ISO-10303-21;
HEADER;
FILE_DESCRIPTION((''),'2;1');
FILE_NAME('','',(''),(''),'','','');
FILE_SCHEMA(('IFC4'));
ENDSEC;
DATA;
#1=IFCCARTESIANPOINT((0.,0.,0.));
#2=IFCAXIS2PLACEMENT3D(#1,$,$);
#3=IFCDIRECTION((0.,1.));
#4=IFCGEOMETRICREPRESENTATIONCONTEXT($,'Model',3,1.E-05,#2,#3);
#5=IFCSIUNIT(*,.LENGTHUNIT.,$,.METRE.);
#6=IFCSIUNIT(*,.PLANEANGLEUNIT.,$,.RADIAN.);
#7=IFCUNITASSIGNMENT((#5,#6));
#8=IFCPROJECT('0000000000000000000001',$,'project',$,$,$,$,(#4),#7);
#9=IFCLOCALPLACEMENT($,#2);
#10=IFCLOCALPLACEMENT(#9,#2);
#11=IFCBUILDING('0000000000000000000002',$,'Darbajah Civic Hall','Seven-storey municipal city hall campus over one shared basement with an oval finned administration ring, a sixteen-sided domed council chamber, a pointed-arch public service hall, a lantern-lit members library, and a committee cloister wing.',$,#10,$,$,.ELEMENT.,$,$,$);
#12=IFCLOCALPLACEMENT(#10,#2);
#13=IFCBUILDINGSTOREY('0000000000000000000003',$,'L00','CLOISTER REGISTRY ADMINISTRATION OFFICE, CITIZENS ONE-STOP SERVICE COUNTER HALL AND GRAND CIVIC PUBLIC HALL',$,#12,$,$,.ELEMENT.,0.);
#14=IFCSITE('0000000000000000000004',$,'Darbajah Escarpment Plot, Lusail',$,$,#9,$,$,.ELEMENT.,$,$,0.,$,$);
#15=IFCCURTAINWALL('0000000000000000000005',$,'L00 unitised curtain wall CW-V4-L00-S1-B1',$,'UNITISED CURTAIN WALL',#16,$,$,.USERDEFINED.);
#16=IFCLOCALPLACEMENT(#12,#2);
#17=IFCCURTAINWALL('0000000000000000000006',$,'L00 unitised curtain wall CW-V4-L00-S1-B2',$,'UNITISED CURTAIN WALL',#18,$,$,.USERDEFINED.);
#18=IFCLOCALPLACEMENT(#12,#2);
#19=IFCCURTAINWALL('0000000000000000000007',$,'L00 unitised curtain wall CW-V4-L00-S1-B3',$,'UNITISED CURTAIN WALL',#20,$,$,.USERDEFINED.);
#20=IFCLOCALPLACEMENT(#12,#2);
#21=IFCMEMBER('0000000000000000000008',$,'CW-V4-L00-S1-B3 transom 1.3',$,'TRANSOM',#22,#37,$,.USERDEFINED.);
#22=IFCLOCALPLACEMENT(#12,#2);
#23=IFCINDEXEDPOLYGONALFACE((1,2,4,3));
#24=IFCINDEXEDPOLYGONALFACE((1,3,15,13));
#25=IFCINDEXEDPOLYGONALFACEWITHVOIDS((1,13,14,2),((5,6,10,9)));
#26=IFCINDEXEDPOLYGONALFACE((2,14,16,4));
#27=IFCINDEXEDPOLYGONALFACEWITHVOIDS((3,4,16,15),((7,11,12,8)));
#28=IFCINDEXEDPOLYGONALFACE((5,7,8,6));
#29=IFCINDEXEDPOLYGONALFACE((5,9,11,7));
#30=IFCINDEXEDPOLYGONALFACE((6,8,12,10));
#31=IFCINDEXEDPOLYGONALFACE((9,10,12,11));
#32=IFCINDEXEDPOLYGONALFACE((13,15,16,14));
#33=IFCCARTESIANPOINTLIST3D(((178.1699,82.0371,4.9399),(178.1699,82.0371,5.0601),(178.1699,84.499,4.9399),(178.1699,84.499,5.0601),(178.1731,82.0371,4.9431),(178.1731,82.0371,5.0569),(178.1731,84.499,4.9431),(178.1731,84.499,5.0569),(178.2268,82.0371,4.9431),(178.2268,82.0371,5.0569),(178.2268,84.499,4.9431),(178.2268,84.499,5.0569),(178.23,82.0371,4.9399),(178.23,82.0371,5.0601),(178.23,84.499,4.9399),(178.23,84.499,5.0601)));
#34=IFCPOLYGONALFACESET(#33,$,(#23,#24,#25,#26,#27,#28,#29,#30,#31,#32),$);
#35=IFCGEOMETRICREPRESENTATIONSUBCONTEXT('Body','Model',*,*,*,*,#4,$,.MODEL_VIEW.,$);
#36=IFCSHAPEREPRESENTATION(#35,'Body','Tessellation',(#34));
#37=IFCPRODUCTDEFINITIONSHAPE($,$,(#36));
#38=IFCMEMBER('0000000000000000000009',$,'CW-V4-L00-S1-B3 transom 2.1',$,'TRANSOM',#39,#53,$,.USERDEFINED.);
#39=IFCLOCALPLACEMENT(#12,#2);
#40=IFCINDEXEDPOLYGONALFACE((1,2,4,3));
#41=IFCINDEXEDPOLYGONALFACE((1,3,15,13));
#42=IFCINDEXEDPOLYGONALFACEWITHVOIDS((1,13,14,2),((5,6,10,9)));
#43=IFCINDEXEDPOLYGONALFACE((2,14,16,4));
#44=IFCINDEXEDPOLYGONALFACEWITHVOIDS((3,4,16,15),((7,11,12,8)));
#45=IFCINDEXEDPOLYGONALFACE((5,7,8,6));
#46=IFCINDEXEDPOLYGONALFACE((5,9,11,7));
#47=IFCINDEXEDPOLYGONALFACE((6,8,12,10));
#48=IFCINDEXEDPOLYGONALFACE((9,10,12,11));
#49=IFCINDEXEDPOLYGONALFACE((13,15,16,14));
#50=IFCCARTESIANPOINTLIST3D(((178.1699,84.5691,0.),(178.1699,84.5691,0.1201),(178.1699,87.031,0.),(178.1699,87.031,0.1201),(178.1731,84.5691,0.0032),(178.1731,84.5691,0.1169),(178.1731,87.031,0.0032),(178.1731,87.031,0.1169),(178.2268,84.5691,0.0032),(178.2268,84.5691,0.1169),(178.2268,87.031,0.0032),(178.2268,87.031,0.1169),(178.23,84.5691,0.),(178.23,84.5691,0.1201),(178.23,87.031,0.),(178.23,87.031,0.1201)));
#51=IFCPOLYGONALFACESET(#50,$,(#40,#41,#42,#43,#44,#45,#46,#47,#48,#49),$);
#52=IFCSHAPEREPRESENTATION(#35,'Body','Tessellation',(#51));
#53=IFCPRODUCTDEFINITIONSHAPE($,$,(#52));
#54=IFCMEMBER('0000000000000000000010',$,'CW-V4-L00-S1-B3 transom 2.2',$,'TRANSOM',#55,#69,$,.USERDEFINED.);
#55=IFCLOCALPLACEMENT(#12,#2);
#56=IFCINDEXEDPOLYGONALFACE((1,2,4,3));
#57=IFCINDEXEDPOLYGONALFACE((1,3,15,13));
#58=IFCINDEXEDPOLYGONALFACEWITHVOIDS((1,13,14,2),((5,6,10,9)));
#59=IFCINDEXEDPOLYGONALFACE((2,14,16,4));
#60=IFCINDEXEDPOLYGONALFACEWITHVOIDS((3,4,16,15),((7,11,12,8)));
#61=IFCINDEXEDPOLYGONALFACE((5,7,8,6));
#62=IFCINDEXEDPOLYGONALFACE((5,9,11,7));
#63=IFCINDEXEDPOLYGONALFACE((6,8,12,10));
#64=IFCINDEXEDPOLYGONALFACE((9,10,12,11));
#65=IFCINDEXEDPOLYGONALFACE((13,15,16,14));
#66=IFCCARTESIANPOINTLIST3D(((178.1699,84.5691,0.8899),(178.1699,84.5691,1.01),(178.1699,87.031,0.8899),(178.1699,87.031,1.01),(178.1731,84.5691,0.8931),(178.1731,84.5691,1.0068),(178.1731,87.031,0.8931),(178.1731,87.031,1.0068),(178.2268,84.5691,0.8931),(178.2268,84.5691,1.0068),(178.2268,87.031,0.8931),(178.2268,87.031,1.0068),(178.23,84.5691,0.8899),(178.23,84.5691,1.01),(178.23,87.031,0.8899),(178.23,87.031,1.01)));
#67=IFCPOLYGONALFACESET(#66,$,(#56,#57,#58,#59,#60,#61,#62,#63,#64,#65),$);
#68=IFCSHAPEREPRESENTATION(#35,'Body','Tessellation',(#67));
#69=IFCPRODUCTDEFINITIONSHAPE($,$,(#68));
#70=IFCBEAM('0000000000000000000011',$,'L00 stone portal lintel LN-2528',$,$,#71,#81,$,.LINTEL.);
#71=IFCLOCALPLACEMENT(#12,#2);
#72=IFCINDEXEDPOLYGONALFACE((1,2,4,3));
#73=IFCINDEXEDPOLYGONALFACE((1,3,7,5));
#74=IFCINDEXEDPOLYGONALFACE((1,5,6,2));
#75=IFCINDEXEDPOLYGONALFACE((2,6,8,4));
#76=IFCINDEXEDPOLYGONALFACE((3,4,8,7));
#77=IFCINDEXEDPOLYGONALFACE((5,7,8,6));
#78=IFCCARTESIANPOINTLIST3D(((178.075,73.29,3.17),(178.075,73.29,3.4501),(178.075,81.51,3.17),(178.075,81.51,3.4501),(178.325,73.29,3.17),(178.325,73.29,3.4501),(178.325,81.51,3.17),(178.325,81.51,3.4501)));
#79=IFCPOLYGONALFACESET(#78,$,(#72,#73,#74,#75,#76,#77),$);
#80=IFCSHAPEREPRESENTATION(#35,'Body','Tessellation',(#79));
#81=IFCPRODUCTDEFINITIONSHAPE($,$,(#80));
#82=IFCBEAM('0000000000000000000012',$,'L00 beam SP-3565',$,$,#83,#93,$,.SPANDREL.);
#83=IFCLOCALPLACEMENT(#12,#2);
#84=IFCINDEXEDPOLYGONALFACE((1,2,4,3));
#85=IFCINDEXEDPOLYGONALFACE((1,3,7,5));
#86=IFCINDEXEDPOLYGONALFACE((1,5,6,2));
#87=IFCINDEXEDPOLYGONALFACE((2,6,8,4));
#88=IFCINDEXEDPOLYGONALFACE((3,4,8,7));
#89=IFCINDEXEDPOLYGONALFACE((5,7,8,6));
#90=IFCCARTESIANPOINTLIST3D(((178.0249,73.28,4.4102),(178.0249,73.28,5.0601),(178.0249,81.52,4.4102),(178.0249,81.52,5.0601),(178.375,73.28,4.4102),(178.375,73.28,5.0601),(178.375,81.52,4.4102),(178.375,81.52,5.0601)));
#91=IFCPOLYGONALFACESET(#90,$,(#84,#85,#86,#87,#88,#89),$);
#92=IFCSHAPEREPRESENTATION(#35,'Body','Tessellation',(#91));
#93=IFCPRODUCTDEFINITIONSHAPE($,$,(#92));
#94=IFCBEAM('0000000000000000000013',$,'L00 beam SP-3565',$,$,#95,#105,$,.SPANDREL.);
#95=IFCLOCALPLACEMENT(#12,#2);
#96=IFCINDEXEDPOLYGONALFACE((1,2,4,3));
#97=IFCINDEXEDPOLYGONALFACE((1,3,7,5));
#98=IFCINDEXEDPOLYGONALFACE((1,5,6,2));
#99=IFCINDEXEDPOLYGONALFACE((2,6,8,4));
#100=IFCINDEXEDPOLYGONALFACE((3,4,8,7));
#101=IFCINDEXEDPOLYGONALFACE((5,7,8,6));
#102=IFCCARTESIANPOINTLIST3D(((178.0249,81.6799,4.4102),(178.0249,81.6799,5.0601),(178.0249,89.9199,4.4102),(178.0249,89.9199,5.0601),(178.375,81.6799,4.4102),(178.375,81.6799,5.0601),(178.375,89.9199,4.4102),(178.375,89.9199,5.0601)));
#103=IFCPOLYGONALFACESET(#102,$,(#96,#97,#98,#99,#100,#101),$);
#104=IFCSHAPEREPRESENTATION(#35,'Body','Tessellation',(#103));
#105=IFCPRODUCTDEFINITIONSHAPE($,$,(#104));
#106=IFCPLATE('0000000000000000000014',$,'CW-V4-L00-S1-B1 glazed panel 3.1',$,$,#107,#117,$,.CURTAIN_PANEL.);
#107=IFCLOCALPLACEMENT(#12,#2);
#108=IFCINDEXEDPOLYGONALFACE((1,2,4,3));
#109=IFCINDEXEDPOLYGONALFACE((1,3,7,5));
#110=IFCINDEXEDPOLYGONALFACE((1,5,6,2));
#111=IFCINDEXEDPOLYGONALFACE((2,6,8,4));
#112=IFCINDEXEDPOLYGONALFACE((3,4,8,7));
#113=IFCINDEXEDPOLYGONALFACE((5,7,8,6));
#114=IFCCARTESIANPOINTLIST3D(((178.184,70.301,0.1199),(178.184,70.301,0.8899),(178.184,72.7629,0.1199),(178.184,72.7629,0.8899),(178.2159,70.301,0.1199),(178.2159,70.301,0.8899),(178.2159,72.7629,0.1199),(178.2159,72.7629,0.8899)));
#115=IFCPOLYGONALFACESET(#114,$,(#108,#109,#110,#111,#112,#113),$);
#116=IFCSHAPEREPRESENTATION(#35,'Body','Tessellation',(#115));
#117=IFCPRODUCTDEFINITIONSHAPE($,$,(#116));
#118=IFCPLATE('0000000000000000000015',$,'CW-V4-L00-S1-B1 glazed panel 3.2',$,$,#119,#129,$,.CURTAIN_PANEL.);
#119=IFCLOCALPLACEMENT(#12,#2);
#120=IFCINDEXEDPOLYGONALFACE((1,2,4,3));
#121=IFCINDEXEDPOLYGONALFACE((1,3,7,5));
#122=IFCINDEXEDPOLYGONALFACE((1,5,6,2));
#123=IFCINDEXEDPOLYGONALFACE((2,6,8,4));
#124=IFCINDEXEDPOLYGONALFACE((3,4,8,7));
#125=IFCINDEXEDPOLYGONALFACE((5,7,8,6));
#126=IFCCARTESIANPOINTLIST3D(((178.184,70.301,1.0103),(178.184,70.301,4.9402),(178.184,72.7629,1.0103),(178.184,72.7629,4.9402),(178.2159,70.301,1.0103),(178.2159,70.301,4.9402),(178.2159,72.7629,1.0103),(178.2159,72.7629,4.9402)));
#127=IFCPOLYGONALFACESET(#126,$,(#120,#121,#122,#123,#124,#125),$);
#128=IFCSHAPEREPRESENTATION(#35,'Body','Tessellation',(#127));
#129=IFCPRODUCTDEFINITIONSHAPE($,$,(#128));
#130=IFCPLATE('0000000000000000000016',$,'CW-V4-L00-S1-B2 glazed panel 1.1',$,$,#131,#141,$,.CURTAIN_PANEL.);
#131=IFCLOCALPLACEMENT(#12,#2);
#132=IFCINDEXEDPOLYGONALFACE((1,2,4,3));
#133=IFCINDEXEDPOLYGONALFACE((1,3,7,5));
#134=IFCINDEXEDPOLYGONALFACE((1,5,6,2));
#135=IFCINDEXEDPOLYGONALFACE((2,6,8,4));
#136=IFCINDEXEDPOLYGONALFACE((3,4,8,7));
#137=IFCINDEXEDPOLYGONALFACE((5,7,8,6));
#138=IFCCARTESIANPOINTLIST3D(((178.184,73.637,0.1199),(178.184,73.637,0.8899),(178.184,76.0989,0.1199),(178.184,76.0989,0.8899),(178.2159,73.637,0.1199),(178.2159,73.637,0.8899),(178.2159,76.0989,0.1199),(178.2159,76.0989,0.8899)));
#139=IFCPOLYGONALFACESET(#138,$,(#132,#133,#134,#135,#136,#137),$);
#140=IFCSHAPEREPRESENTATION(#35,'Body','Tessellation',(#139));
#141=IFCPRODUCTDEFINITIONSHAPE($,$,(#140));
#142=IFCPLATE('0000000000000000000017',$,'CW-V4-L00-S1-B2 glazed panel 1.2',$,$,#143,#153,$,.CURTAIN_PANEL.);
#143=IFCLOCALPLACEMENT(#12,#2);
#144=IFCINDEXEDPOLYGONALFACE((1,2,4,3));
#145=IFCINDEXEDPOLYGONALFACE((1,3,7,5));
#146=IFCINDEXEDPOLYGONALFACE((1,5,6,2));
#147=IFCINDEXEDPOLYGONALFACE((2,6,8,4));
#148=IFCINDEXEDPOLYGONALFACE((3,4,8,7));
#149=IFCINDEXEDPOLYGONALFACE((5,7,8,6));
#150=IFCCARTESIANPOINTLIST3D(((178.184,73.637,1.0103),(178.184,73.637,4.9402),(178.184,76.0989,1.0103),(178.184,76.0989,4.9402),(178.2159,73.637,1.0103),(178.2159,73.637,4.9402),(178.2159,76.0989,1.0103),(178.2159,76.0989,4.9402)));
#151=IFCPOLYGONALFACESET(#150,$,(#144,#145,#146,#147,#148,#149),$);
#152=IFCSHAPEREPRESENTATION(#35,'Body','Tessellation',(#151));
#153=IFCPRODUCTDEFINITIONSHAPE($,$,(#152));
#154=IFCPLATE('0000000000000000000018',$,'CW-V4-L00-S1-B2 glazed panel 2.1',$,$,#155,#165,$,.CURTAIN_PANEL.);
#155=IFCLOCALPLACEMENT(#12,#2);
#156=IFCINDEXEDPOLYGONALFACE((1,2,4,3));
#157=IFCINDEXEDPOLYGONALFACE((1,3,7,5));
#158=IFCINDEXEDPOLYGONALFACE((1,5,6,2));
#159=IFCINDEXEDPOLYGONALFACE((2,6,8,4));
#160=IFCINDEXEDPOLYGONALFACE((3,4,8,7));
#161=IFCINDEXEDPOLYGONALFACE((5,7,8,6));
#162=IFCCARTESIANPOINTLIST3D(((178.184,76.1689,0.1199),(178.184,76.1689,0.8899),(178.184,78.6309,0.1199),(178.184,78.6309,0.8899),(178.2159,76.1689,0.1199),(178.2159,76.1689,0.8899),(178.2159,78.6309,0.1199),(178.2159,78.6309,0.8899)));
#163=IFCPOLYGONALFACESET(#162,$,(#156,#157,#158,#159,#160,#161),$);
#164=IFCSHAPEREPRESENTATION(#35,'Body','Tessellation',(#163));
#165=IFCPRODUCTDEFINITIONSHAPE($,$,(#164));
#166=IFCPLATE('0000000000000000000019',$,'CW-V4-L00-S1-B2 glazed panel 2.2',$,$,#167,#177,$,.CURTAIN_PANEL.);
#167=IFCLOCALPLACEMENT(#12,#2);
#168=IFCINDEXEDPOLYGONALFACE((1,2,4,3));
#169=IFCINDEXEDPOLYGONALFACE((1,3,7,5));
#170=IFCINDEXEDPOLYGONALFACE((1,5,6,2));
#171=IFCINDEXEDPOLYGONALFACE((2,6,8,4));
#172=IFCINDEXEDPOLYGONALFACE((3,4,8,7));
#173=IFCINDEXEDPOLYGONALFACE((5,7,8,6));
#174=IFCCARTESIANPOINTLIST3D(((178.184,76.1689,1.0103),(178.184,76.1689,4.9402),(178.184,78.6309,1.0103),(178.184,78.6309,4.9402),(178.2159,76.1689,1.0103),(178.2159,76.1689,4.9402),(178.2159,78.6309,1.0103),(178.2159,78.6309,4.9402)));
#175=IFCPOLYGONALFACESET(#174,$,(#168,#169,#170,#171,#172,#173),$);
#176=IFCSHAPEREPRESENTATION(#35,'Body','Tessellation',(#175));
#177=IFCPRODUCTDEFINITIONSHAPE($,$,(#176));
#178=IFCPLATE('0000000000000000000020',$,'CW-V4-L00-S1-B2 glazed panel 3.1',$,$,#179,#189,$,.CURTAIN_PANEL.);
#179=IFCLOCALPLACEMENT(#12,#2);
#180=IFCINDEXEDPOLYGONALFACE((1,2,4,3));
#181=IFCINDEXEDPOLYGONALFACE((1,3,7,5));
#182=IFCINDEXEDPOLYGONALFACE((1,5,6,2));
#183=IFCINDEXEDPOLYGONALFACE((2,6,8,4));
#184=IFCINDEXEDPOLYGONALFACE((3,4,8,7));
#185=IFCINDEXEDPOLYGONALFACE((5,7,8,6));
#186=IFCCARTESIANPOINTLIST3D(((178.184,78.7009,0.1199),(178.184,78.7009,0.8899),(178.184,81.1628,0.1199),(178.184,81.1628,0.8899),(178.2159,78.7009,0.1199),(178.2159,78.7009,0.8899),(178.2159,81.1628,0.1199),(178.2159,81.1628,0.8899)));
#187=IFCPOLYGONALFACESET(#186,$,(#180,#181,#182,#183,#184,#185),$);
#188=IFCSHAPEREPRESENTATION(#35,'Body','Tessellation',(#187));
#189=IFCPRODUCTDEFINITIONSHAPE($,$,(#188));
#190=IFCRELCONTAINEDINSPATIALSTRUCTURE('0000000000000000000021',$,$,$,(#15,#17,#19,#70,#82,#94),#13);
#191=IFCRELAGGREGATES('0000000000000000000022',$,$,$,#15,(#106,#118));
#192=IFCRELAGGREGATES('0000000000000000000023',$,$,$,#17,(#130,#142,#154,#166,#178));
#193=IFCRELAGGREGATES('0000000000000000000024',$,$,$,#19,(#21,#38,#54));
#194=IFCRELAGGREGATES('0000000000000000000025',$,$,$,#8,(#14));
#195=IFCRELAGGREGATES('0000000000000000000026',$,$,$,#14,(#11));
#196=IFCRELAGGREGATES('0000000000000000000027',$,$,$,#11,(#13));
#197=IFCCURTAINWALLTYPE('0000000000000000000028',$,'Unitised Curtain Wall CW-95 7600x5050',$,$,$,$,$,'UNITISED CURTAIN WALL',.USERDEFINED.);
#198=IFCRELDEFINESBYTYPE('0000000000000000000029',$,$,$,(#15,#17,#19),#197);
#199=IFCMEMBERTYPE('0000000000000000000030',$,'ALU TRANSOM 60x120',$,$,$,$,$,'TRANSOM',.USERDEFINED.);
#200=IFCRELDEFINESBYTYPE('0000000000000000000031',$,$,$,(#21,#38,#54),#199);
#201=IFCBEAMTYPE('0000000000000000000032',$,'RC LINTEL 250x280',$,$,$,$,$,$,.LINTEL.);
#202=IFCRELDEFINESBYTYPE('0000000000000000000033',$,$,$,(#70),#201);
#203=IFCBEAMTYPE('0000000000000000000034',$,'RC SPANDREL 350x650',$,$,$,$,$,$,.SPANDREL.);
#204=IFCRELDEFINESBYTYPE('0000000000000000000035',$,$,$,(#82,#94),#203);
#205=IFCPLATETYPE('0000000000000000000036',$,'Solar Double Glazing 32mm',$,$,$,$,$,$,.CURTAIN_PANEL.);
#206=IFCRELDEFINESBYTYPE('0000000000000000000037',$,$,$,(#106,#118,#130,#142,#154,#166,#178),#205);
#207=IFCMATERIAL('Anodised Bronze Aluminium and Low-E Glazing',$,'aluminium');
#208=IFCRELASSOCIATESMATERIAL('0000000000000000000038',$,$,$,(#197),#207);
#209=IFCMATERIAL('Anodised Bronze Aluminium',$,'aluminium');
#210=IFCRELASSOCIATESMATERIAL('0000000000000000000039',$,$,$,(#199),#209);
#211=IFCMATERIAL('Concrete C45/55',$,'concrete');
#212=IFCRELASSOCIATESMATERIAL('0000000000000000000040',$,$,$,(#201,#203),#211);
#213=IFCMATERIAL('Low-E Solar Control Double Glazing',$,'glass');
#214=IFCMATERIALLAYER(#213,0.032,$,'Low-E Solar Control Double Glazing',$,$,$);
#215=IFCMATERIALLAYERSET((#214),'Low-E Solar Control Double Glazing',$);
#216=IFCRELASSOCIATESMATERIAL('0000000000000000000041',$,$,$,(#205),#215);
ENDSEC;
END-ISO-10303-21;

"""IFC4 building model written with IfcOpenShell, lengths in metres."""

from ifc_helpers import new_model, si_unit, direction, frame, origin, origin_2d, place, context, subcontext, project, spatial, rectangle, hollow_rectangle, extrude, material, layer, layer_set, material_profile, profile_set, type_object, element, aggregate, save


model = new_model("IFC4")

# Units and contexts
model_context = context("Model", 3, precision=1e-05, world=origin(), true_north=direction((0.0, 1.0)))
body_context = subcontext(model_context, "Body", "Model", "MODEL_VIEW")
ifc_project = project(units=[si_unit("LENGTHUNIT", "METRE"), si_unit("PLANEANGLEUNIT", "RADIAN")], contexts=[model_context])

# Site, building, storey
site_placement = place(None, origin())
site = spatial("IfcSite", under=ifc_project, at=site_placement, Name="Darbajah Escarpment Plot, Lusail", CompositionType="ELEMENT", RefElevation=0.0)
building_placement = place(site_placement, origin())
building = spatial("IfcBuilding", under=site, at=building_placement, Name="Darbajah Civic Hall", Description="Seven-storey municipal city hall campus over one shared basement with an oval finned administration ring, a sixteen-sided domed council chamber, a pointed-arch public service hall, a lantern-lit members library, and a committee cloister wing.", CompositionType="ELEMENT")
storey_placement = place(building_placement, origin())
storey = spatial("IfcBuildingStorey", under=building, at=storey_placement, Name="L00", Description="CLOISTER REGISTRY ADMINISTRATION OFFICE, CITIZENS ONE-STOP SERVICE COUNTER HALL AND GRAND CIVIC PUBLIC HALL", CompositionType="ELEMENT", Elevation=0.0)

# Curtain wall
ifc_material_1 = material(Name="Anodised Bronze Aluminium and Low-E Glazing", Category="aluminium")
curtain_wall_type = type_object("IfcCurtainWallType", Name="Unitised Curtain Wall CW-95 7600x5050", ElementType="UNITISED CURTAIN WALL", PredefinedType="USERDEFINED", material=ifc_material_1)
curtain_wall_1_placement = place(storey_placement, origin())
curtain_wall_1 = element("IfcCurtainWall", 1, at=curtain_wall_1_placement, inside=storey, type_object=curtain_wall_type, Name="L00 unitised curtain wall CW-V4-L00-S1-B1", ObjectType="UNITISED CURTAIN WALL", PredefinedType="USERDEFINED")
ifc_material_2 = material(Name="Anodised Bronze Aluminium", Category="aluminium")

# Curtain walls
curtain_wall_2_placement = place(storey_placement, origin())
curtain_wall_2 = element("IfcCurtainWall", 2, at=curtain_wall_2_placement, inside=storey, type_object=curtain_wall_type, Name="L00 unitised curtain wall CW-V4-L00-S1-B2", ObjectType="UNITISED CURTAIN WALL", PredefinedType="USERDEFINED")
curtain_wall_3_placement = place(storey_placement, origin())
curtain_wall_3 = element("IfcCurtainWall", 3, at=curtain_wall_3_placement, inside=storey, type_object=curtain_wall_type, Name="L00 unitised curtain wall CW-V4-L00-S1-B3", ObjectType="UNITISED CURTAIN WALL", PredefinedType="USERDEFINED")

# Members
ifc_material_profile_1 = material_profile(ifc_material_2, hollow_rectangle(XDim=0.0601, YDim=0.1201, WallThickness=0.0032, at=origin_2d()), Name="ALU TRANSOM 60x120")
ifc_profile_set_1 = profile_set([ifc_material_profile_1], Name="Anodised Bronze Aluminium")
member_type_1 = type_object("IfcMemberType", Name="ALU TRANSOM 60x120", ElementType="TRANSOM", PredefinedType="USERDEFINED", material=ifc_profile_set_1)
member_1_placement = place(storey_placement, frame((178.2, 82.0371, 5.0), z_axis=(0.0, 1.0, 0.0), x_axis=(-1.0, 0.0, 0.0)))
member_1 = element("IfcMember", 4, at=member_1_placement, type_object=member_type_1, Name="CW-V4-L00-S1-B3 transom 1.3", ObjectType="TRANSOM", PredefinedType="USERDEFINED", context=body_context, shape_type="SweptSolid", body=[
    extrude(hollow_rectangle(XDim=0.0601, YDim=0.1201, WallThickness=0.0032, at=origin_2d()), origin(), (0.0, 0.0, 1.0), 2.4619),
])
member_2_placement = place(storey_placement, frame((178.2, 84.5691, 0.0601), z_axis=(0.0, 1.0, 0.0), x_axis=(-1.0, 0.0, 0.0)))
member_2 = element("IfcMember", 5, at=member_2_placement, type_object=member_type_1, Name="CW-V4-L00-S1-B3 transom 2.1", ObjectType="TRANSOM", PredefinedType="USERDEFINED", context=body_context, shape_type="SweptSolid", body=[
    extrude(hollow_rectangle(XDim=0.0601, YDim=0.1201, WallThickness=0.0032, at=origin_2d()), origin(), (0.0, 0.0, 1.0), 2.4619),
])
member_3_placement = place(storey_placement, frame((178.2, 84.5691, 0.95), z_axis=(0.0, 1.0, 0.0), x_axis=(-1.0, 0.0, 0.0)))
member_3 = element("IfcMember", 6, at=member_3_placement, type_object=member_type_1, Name="CW-V4-L00-S1-B3 transom 2.2", ObjectType="TRANSOM", PredefinedType="USERDEFINED", context=body_context, shape_type="SweptSolid", body=[
    extrude(hollow_rectangle(XDim=0.0601, YDim=0.1201, WallThickness=0.0032, at=origin_2d()), origin(), (0.0, 0.0, 1.0), 2.4619),
])

# Beams
ifc_material_3 = material(Name="Concrete C45/55", Category="concrete")
ifc_material_profile_2 = material_profile(ifc_material_3, rectangle(XDim=0.25, YDim=0.28, at=origin_2d()), Name="RC LINTEL 250x280")
ifc_profile_set_2 = profile_set([ifc_material_profile_2], Name="Concrete C45/55")
beam_type_1 = type_object("IfcBeamType", Name="RC LINTEL 250x280", PredefinedType="LINTEL", material=ifc_profile_set_2)
beam_placement = place(storey_placement, frame((178.2, 73.29, 3.3101), z_axis=(0.0, 1.0, 0.0), x_axis=(-1.0, 0.0, 0.0)))
element("IfcBeam", 7, at=beam_placement, inside=storey, type_object=beam_type_1, Name="L00 stone portal lintel LN-2528", PredefinedType="LINTEL", context=body_context, shape_type="SweptSolid", body=[
    extrude(rectangle(XDim=0.25, YDim=0.28, at=origin_2d()), origin(), (0.0, 0.0, 1.0), 8.22),
])
ifc_material_profile_3 = material_profile(ifc_material_3, rectangle(XDim=0.3501, YDim=0.6499, at=origin_2d()), Name="RC SPANDREL 350x650")
ifc_profile_set_3 = profile_set([ifc_material_profile_3], Name="Concrete C45/55")
beam_type_2 = type_object("IfcBeamType", Name="RC SPANDREL 350x650", PredefinedType="SPANDREL", material=ifc_profile_set_3)
for number, where, z_axis, x_axis, name in (
    (8, (178.2, 73.28, 4.7351), (0.0, 1.0, 0.0), (-1.0, 0.0, 0.0), "L00 beam SP-3565"),
    (9, (178.2, 81.6799, 4.7351), (0.0, 1.0, 0.0), (-1.0, 0.0, 0.0), "L00 beam SP-3565"),
):
    element("IfcBeam", number, at=place(storey_placement, frame(where, z_axis=z_axis, x_axis=x_axis)), inside=storey, type_object=beam_type_2, Name=name, PredefinedType="SPANDREL", context=body_context, shape_type="SweptSolid", body=[
        extrude(rectangle(XDim=0.3501, YDim=0.6499, at=origin_2d()), origin(), (0.0, 0.0, 1.0), 8.24),
    ])

# Plates
ifc_material_4 = material(Name="Low-E Solar Control Double Glazing", Category="glass")
ifc_layer = layer(ifc_material_4, 0.032, Name="Low-E Solar Control Double Glazing")
ifc_layer_set = layer_set([ifc_layer], Name="Low-E Solar Control Double Glazing")
plate_type = type_object("IfcPlateType", Name="Solar Double Glazing 32mm", PredefinedType="CURTAIN_PANEL", material=ifc_layer_set)
plate_1_placement = place(storey_placement, frame((178.2, 71.532, 0.1199), z_axis=(0.0, 0.0, 1.0), x_axis=(0.0, 1.0, 0.0)))
plate_1 = element("IfcPlate", 10, at=plate_1_placement, type_object=plate_type, Name="CW-V4-L00-S1-B1 glazed panel 3.1", PredefinedType="CURTAIN_PANEL", context=body_context, shape_type="SweptSolid", body=[
    extrude(rectangle(XDim=2.4619, YDim=0.032, at=origin_2d()), origin(), (0.0, 0.0, 1.0), 0.77),
])
plate_2_placement = place(storey_placement, frame((178.2, 71.532, 1.0103), z_axis=(0.0, 0.0, 1.0), x_axis=(0.0, 1.0, 0.0)))
plate_2 = element("IfcPlate", 11, at=plate_2_placement, type_object=plate_type, Name="CW-V4-L00-S1-B1 glazed panel 3.2", PredefinedType="CURTAIN_PANEL", context=body_context, shape_type="SweptSolid", body=[
    extrude(rectangle(XDim=2.4619, YDim=0.032, at=origin_2d()), origin(), (0.0, 0.0, 1.0), 3.9299),
])
aggregate(curtain_wall_1, [plate_1, plate_2])
plate_3_placement = place(storey_placement, frame((178.2, 74.8679, 0.1199), z_axis=(0.0, 0.0, 1.0), x_axis=(0.0, 1.0, 0.0)))
plate_3 = element("IfcPlate", 12, at=plate_3_placement, type_object=plate_type, Name="CW-V4-L00-S1-B2 glazed panel 1.1", PredefinedType="CURTAIN_PANEL", context=body_context, shape_type="SweptSolid", body=[
    extrude(rectangle(XDim=2.4619, YDim=0.032, at=origin_2d()), origin(), (0.0, 0.0, 1.0), 0.77),
])
plate_4_placement = place(storey_placement, frame((178.2, 74.8679, 1.0103), z_axis=(0.0, 0.0, 1.0), x_axis=(0.0, 1.0, 0.0)))
plate_4 = element("IfcPlate", 13, at=plate_4_placement, type_object=plate_type, Name="CW-V4-L00-S1-B2 glazed panel 1.2", PredefinedType="CURTAIN_PANEL", context=body_context, shape_type="SweptSolid", body=[
    extrude(rectangle(XDim=2.4619, YDim=0.032, at=origin_2d()), origin(), (0.0, 0.0, 1.0), 3.9299),
])
plate_5_placement = place(storey_placement, frame((178.2, 77.3999, 0.1199), z_axis=(0.0, 0.0, 1.0), x_axis=(0.0, 1.0, 0.0)))
plate_5 = element("IfcPlate", 14, at=plate_5_placement, type_object=plate_type, Name="CW-V4-L00-S1-B2 glazed panel 2.1", PredefinedType="CURTAIN_PANEL", context=body_context, shape_type="SweptSolid", body=[
    extrude(rectangle(XDim=2.4619, YDim=0.032, at=origin_2d()), origin(), (0.0, 0.0, 1.0), 0.77),
])
plate_6_placement = place(storey_placement, frame((178.2, 77.3999, 1.0103), z_axis=(0.0, 0.0, 1.0), x_axis=(0.0, 1.0, 0.0)))
plate_6 = element("IfcPlate", 15, at=plate_6_placement, type_object=plate_type, Name="CW-V4-L00-S1-B2 glazed panel 2.2", PredefinedType="CURTAIN_PANEL", context=body_context, shape_type="SweptSolid", body=[
    extrude(rectangle(XDim=2.4619, YDim=0.032, at=origin_2d()), origin(), (0.0, 0.0, 1.0), 3.9299),
])
plate_7_placement = place(storey_placement, frame((178.2, 79.9319, 0.1199), z_axis=(0.0, 0.0, 1.0), x_axis=(0.0, 1.0, 0.0)))
plate_7 = element("IfcPlate", 16, at=plate_7_placement, type_object=plate_type, Name="CW-V4-L00-S1-B2 glazed panel 3.1", PredefinedType="CURTAIN_PANEL", context=body_context, shape_type="SweptSolid", body=[
    extrude(rectangle(XDim=2.4619, YDim=0.032, at=origin_2d()), origin(), (0.0, 0.0, 1.0), 0.77),
])
aggregate(curtain_wall_2, [plate_3, plate_4, plate_5, plate_6, plate_7])
aggregate(curtain_wall_3, [member_1, member_2, member_3])

save(model, "model.ifc")
